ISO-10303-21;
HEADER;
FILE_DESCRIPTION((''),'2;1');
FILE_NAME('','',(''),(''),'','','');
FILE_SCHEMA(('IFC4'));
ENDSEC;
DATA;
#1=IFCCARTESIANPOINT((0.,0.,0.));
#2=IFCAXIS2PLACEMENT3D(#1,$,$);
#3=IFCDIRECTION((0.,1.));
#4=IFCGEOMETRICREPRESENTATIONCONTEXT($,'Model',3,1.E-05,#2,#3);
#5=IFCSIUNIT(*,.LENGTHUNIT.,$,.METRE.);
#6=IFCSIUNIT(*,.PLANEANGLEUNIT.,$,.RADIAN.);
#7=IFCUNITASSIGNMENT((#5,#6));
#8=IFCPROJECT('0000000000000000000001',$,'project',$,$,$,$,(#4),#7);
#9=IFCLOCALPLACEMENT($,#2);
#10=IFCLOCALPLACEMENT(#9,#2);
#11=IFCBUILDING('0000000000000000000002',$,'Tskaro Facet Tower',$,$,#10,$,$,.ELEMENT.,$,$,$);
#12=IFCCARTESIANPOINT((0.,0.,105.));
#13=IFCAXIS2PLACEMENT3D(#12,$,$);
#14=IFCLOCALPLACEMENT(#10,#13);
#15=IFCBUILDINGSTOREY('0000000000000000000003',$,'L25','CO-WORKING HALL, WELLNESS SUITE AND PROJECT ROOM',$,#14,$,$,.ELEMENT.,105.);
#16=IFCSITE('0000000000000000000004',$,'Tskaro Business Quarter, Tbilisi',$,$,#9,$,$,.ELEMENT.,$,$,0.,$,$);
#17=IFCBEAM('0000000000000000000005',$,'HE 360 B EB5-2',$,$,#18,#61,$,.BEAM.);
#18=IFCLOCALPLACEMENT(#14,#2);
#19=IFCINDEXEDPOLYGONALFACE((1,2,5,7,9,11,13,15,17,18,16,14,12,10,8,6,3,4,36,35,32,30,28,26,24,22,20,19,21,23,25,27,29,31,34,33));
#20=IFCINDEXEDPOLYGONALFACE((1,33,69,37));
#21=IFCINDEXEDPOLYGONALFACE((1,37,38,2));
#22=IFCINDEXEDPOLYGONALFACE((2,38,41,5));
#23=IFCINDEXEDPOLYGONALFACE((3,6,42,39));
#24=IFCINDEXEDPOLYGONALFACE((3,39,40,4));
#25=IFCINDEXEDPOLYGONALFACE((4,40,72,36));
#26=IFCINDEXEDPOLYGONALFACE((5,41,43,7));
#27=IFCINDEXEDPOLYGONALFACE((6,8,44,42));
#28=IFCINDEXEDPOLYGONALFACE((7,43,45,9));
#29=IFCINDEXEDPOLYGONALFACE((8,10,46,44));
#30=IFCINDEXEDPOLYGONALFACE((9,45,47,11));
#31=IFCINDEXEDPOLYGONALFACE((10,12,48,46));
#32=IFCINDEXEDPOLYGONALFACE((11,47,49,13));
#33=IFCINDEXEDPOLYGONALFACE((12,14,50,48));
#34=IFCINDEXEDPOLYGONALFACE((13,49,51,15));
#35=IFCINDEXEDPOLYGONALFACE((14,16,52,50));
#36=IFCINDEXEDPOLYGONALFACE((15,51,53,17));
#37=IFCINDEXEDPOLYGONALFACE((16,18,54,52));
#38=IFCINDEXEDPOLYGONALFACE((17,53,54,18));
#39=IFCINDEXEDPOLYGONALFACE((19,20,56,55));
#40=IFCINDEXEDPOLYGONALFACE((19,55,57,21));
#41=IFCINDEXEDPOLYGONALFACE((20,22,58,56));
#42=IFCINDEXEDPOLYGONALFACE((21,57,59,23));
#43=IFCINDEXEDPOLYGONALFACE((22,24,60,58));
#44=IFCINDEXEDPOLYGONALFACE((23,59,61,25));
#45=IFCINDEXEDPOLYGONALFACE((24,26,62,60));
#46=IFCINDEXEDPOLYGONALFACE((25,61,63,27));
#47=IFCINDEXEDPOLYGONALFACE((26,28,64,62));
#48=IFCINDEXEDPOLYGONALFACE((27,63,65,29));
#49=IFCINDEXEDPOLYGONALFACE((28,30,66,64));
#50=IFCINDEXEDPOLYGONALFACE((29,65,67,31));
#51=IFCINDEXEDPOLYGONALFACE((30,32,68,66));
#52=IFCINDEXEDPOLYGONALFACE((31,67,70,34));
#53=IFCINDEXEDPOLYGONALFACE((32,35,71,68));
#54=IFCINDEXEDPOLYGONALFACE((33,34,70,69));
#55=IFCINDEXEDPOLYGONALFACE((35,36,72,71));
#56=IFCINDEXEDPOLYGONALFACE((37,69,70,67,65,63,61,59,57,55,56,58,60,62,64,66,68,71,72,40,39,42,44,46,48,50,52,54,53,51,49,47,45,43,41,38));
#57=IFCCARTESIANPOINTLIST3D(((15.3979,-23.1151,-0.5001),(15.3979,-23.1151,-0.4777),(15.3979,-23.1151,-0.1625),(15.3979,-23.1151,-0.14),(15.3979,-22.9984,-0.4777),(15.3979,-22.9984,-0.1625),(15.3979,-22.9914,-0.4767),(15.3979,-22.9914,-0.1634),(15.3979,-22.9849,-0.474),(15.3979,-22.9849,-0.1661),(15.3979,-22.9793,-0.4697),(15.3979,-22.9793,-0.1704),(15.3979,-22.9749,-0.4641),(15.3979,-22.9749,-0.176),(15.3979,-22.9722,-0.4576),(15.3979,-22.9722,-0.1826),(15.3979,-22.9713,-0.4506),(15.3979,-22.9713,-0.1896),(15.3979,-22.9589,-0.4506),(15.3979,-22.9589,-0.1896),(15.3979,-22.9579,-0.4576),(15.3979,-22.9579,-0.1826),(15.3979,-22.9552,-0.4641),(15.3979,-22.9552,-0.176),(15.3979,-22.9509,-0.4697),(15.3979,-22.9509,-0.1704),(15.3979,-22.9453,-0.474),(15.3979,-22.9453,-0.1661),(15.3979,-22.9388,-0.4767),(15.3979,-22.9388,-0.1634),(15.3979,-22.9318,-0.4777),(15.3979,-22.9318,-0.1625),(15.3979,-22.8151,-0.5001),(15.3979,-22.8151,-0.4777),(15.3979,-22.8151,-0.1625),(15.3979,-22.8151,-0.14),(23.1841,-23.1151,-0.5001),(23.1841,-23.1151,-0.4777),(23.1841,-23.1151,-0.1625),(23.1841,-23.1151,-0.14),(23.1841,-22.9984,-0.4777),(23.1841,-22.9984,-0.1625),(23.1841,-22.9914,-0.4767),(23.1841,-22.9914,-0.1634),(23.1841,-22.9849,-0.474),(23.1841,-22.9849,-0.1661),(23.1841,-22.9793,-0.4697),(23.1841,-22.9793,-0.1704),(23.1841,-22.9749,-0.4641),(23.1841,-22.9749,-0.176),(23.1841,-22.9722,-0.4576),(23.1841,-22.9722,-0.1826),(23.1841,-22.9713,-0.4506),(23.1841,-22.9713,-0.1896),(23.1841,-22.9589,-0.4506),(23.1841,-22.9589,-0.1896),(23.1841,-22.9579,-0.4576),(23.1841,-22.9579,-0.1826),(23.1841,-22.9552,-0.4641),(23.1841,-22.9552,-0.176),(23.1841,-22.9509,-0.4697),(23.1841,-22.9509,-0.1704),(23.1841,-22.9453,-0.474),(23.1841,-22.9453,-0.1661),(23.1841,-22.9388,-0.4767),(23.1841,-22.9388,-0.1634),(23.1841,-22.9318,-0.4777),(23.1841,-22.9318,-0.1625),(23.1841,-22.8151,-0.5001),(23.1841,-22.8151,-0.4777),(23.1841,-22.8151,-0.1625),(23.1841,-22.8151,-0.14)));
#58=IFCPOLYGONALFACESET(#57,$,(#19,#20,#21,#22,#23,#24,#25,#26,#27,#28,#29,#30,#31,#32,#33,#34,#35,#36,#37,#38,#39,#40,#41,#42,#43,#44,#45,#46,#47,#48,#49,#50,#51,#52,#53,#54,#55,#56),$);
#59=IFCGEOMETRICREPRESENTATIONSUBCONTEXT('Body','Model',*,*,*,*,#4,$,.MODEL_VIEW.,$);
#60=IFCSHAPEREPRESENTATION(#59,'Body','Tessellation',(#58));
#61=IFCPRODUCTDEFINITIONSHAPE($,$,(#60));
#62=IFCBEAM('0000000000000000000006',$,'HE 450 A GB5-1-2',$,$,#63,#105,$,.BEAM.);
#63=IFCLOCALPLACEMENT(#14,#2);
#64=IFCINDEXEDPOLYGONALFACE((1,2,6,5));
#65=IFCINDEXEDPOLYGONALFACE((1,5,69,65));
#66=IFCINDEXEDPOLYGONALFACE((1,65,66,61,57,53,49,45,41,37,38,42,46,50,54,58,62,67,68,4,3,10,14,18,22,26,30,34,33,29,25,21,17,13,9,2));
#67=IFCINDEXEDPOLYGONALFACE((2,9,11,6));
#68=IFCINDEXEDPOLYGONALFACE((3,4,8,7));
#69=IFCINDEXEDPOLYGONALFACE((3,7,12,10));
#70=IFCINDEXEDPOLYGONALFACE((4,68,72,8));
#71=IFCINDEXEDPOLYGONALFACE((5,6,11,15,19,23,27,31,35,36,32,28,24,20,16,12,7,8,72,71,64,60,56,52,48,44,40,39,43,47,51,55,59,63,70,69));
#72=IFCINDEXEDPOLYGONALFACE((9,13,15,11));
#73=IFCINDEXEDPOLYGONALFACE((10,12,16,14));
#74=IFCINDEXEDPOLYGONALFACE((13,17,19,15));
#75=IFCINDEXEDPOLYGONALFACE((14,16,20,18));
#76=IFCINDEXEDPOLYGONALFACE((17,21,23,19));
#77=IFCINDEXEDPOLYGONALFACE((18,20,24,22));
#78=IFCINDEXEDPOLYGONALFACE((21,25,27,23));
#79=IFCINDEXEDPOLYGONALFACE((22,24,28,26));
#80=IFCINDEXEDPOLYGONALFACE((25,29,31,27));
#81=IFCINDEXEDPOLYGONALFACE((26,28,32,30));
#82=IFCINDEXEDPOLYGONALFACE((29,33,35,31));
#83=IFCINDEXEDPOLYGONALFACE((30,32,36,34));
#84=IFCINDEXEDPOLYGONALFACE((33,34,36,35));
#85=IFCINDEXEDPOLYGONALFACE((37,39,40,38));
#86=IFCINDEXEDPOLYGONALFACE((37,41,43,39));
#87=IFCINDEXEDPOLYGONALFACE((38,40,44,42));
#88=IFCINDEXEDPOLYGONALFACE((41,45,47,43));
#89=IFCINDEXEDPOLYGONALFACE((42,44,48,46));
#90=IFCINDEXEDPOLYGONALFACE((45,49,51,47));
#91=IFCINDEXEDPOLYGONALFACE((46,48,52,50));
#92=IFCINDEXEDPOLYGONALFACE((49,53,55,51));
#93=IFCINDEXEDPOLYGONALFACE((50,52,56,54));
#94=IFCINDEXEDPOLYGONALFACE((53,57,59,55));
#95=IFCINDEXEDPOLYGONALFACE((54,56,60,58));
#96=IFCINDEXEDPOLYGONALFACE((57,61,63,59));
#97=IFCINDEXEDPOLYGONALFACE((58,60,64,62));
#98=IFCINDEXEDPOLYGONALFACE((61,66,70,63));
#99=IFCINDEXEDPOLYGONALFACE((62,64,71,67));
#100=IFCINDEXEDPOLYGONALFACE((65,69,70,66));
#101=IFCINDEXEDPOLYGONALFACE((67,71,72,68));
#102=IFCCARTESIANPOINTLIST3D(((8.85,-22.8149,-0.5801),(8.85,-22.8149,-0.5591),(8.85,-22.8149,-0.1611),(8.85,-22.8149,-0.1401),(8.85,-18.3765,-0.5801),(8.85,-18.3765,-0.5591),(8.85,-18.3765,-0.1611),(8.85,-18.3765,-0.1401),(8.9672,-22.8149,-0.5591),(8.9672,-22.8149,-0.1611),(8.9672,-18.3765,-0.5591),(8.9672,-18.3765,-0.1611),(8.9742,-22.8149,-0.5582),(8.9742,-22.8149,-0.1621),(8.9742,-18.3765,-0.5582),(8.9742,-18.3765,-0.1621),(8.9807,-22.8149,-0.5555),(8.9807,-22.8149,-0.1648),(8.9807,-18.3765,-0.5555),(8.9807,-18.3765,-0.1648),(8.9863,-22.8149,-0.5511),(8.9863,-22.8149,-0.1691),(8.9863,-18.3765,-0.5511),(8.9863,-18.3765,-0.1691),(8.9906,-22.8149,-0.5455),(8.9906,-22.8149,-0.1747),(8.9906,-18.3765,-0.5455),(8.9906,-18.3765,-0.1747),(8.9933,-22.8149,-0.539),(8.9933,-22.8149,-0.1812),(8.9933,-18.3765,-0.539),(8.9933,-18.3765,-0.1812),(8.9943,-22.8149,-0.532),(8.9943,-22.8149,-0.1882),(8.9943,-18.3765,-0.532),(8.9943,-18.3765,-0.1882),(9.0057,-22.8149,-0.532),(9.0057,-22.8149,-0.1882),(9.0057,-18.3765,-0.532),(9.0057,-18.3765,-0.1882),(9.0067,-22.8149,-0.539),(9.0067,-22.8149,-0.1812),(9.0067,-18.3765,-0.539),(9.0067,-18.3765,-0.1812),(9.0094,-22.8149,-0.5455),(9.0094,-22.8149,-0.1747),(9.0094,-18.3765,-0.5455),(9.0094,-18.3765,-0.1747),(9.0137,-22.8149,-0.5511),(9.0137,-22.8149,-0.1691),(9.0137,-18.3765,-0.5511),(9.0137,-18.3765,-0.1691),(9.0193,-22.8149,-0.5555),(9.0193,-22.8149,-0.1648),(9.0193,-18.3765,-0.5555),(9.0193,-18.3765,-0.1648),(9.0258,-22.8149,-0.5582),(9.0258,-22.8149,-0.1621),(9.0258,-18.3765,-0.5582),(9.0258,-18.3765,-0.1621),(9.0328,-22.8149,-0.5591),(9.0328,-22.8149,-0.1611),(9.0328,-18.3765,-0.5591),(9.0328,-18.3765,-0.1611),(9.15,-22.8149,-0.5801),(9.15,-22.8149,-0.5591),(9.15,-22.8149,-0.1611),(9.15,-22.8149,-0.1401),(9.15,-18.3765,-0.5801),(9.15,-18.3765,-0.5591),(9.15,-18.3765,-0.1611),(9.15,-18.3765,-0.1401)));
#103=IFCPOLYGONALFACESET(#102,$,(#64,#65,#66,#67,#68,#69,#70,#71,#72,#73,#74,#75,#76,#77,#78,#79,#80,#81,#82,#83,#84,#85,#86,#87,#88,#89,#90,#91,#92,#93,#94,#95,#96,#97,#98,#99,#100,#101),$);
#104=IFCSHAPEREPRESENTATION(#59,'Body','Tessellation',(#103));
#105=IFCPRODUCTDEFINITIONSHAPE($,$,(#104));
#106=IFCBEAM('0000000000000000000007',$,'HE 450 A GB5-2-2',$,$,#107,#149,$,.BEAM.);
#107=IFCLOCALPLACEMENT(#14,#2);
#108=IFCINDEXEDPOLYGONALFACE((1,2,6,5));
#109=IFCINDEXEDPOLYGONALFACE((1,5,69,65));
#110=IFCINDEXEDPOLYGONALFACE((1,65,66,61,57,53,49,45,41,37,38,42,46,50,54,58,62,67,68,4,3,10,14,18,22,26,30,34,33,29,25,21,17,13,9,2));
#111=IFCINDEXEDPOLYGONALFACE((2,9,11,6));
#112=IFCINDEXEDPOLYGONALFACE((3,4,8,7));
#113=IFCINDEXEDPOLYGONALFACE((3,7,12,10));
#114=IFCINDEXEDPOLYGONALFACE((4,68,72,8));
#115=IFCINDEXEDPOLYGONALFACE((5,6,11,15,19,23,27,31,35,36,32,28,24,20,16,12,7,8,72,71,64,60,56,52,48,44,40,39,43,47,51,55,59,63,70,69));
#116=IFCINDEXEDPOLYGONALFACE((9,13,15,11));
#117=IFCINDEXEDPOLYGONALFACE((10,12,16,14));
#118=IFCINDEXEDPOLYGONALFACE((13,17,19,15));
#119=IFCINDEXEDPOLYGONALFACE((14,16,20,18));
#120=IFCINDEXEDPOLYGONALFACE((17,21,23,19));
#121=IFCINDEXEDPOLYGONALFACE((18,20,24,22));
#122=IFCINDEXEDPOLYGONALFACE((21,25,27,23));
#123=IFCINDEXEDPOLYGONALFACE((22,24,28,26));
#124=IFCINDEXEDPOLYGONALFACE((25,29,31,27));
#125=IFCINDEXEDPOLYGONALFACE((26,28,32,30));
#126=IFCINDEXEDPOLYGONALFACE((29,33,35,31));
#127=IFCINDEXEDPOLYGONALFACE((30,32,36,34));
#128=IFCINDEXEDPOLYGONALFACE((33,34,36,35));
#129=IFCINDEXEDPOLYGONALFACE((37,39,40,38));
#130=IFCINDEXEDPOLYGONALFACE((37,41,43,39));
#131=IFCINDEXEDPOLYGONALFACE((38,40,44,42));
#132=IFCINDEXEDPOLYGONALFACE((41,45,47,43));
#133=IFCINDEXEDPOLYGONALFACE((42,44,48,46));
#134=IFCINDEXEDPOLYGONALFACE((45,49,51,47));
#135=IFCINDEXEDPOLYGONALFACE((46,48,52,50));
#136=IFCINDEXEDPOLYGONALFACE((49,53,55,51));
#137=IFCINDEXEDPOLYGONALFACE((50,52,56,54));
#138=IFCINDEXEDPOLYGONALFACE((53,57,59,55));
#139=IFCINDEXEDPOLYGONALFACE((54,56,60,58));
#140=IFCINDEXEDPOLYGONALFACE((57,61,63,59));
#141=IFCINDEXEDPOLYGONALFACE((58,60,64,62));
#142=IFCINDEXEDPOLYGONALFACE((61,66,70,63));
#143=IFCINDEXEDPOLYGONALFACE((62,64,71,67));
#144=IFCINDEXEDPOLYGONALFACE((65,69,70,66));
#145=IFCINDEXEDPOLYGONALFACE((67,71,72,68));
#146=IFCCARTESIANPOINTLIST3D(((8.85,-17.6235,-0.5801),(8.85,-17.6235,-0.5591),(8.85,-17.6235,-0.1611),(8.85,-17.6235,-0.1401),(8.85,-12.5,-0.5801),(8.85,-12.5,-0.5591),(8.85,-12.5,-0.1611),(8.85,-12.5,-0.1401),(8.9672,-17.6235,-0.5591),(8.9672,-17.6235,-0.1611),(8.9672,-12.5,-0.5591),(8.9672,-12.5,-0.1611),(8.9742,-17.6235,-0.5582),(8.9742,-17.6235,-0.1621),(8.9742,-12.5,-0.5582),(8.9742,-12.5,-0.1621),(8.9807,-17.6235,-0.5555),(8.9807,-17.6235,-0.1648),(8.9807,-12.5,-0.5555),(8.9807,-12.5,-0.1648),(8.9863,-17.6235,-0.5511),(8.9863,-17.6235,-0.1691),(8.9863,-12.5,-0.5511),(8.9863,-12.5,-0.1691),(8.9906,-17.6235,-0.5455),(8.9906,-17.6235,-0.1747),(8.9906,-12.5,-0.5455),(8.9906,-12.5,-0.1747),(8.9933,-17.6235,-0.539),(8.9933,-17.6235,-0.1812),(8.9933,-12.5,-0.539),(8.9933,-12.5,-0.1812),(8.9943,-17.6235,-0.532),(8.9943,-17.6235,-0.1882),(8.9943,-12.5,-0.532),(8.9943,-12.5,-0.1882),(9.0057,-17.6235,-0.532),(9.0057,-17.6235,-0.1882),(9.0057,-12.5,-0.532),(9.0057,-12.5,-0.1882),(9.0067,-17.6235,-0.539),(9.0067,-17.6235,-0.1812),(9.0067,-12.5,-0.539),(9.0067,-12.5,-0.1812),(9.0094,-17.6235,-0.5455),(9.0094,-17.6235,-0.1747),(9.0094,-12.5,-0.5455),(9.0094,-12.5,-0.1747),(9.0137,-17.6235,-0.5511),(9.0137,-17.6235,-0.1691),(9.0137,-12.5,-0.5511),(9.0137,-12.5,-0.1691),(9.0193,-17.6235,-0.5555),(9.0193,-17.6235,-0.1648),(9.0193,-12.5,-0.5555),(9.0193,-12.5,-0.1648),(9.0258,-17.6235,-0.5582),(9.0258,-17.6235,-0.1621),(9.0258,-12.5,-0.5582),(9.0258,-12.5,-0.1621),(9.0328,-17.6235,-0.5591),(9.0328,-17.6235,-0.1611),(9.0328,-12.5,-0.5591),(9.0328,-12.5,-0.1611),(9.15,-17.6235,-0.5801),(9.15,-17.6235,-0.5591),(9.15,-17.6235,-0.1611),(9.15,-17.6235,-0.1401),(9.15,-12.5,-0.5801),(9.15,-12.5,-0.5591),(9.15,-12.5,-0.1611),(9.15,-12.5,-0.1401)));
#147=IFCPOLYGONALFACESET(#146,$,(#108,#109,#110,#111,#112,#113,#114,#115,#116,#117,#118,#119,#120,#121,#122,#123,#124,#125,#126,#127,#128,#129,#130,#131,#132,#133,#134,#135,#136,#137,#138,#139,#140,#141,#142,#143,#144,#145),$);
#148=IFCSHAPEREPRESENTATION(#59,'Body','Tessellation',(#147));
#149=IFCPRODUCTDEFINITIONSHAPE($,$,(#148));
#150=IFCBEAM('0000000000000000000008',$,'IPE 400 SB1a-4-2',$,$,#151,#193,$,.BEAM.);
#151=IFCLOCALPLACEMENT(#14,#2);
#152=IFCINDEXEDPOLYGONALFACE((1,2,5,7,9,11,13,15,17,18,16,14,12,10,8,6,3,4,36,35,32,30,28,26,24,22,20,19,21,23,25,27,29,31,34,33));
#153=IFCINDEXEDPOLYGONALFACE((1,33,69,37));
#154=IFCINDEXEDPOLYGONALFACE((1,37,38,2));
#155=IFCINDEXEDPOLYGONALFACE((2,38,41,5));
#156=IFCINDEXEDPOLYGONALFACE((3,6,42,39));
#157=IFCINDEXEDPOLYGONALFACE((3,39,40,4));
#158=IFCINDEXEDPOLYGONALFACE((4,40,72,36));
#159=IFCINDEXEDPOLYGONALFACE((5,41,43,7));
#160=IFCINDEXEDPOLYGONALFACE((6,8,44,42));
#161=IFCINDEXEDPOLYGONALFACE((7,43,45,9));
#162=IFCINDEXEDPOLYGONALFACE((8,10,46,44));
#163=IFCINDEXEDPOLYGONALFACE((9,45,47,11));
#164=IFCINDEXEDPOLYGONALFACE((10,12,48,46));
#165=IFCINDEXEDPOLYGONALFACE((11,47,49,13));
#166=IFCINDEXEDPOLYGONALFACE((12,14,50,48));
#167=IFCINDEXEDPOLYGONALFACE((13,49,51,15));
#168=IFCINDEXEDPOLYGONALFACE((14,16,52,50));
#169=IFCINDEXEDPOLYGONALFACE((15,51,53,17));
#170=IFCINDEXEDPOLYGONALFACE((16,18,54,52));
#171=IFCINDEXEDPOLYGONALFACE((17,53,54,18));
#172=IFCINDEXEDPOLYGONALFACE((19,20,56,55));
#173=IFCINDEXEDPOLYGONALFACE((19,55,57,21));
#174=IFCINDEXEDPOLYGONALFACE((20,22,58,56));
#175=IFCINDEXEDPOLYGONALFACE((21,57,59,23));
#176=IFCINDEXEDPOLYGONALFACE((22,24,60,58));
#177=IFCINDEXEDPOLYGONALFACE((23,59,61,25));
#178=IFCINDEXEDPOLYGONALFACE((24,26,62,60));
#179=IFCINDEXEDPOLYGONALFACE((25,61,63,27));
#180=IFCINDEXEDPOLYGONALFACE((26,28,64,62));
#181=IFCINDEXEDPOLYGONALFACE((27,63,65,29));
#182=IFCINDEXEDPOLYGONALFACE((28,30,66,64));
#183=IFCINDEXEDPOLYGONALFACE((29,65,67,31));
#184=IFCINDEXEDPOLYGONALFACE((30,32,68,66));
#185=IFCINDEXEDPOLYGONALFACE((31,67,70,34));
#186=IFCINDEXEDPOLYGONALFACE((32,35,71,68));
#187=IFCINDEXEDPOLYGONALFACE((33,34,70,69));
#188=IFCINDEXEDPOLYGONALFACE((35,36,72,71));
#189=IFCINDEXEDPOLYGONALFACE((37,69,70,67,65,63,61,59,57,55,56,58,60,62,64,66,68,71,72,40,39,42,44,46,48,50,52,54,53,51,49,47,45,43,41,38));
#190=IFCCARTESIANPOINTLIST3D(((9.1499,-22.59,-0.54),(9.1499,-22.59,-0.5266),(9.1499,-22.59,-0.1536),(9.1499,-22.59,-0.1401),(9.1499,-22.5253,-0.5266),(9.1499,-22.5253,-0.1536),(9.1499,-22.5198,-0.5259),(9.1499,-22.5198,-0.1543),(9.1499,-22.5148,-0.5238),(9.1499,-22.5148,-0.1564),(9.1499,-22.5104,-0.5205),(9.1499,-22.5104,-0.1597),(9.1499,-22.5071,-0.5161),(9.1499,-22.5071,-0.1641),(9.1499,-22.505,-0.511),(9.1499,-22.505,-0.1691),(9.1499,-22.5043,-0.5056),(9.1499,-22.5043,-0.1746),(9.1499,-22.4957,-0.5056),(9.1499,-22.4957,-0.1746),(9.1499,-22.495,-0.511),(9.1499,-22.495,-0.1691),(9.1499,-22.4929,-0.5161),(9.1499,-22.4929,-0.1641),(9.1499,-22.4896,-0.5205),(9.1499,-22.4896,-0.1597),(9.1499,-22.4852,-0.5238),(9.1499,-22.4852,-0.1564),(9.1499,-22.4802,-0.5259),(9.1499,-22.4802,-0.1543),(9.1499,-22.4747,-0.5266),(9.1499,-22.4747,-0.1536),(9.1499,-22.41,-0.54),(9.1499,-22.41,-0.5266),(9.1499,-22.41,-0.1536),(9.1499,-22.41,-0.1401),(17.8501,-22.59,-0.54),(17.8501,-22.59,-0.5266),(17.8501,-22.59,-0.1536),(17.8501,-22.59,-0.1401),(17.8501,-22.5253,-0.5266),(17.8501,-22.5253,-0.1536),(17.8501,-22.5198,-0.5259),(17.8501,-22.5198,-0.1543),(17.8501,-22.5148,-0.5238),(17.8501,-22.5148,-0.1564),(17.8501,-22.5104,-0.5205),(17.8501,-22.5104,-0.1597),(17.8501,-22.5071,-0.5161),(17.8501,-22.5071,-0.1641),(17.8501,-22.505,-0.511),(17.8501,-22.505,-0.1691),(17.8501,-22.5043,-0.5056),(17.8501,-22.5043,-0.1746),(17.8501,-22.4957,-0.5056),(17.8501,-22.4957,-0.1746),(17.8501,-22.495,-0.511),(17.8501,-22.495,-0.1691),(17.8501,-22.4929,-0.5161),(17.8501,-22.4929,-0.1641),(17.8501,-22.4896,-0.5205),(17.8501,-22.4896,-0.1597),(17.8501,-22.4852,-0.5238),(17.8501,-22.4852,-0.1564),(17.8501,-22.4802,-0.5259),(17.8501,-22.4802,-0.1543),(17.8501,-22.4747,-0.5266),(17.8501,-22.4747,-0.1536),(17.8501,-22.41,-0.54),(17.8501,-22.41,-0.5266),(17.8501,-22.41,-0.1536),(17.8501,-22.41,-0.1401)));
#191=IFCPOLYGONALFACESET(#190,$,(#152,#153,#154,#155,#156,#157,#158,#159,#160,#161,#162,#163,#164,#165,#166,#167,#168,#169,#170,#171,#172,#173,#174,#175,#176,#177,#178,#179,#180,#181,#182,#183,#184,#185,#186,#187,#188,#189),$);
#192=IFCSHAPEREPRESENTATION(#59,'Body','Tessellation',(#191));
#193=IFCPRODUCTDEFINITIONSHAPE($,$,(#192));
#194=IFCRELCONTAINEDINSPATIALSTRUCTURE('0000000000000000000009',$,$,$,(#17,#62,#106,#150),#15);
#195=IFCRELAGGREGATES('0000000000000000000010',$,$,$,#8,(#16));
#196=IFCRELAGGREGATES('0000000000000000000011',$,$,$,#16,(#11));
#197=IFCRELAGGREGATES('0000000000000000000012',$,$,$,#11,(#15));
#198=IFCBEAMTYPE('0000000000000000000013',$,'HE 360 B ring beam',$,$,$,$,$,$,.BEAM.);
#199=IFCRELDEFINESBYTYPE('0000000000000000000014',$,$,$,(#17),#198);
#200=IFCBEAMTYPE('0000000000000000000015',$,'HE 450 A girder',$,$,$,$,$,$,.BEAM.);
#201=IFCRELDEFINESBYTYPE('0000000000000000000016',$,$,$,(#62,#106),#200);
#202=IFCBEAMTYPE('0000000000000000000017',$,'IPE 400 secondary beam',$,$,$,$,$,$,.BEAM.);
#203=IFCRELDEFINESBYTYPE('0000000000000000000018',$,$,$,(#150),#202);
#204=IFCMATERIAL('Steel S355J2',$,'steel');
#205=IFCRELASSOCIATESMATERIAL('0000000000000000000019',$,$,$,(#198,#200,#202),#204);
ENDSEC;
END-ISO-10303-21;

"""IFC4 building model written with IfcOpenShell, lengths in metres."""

from ifc_helpers import new_model, si_unit, direction, frame, origin, origin_2d, place, context, subcontext, project, spatial, i_section, extrude, material, material_profile, profile_set, type_object, element, save


model = new_model("IFC4")

# Units and contexts
model_context = context("Model", 3, precision=1e-05, world=origin(), true_north=direction((0.0, 1.0)))
body_context = subcontext(model_context, "Body", "Model", "MODEL_VIEW")
ifc_project = project(units=[si_unit("LENGTHUNIT", "METRE"), si_unit("PLANEANGLEUNIT", "RADIAN")], contexts=[model_context])

# Site, building, storey
site_placement = place(None, origin())
site = spatial("IfcSite", under=ifc_project, at=site_placement, Name="Tskaro Business Quarter, Tbilisi", CompositionType="ELEMENT", RefElevation=0.0)
building_placement = place(site_placement, origin())
building = spatial("IfcBuilding", under=site, at=building_placement, Name="Tskaro Facet Tower", CompositionType="ELEMENT")
storey_placement = place(building_placement, frame((0.0, 0.0, 105.0)))
storey = spatial("IfcBuildingStorey", under=building, at=storey_placement, Name="L25", Description="CO-WORKING HALL, WELLNESS SUITE AND PROJECT ROOM", CompositionType="ELEMENT", Elevation=105.0)

# Beams
ifc_material_1 = material(Name="Steel S355J2", Category="steel")
ifc_material_profile_1 = material_profile(ifc_material_1, i_section(OverallWidth=0.3, OverallDepth=0.3601, WebThickness=0.0125, FlangeThickness=0.0225, FilletRadius=0.0271, at=origin_2d()), Name="HE 360 B")
ifc_profile_set_1 = profile_set([ifc_material_profile_1], Name="Steel S355J2")
beam_type_1 = type_object("IfcBeamType", Name="HE 360 B ring beam", PredefinedType="BEAM", material=ifc_profile_set_1)
beam_1_placement = place(storey_placement, frame((15.3979, -22.9651, -0.3201), z_axis=(1.0, 0.0, 0.0), x_axis=(0.0, 1.0, 0.0)))
element("IfcBeam", 1, at=beam_1_placement, inside=storey, type_object=beam_type_1, Name="HE 360 B EB5-2", PredefinedType="BEAM", context=body_context, shape_type="SweptSolid", body=[
    extrude(i_section(OverallWidth=0.3, OverallDepth=0.3601, WebThickness=0.0125, FlangeThickness=0.0225, FilletRadius=0.0271, at=origin_2d()), origin(), (0.0, 0.0, 1.0), 7.7861),
])
ifc_material_profile_2 = material_profile(ifc_material_1, i_section(OverallWidth=0.3, OverallDepth=0.4399, WebThickness=0.0115, FlangeThickness=0.021, FilletRadius=0.0271, at=origin_2d()), Name="HE 450 A")
ifc_profile_set_2 = profile_set([ifc_material_profile_2], Name="Steel S355J2")
beam_type_2 = type_object("IfcBeamType", Name="HE 450 A girder", PredefinedType="BEAM", material=ifc_profile_set_2)
beam_2_placement = place(storey_placement, frame((9.0, -22.8149, -0.3601), z_axis=(0.0, 1.0, 0.0), x_axis=(-1.0, 0.0, 0.0)))
element("IfcBeam", 2, at=beam_2_placement, inside=storey, type_object=beam_type_2, Name="HE 450 A GB5-1-2", PredefinedType="BEAM", context=body_context, shape_type="SweptSolid", body=[
    extrude(i_section(OverallWidth=0.3, OverallDepth=0.4399, WebThickness=0.0115, FlangeThickness=0.021, FilletRadius=0.0271, at=origin_2d()), origin(), (0.0, 0.0, 1.0), 4.4385),
])
beam_3_placement = place(storey_placement, frame((9.0, -17.6235, -0.3601), z_axis=(0.0, 1.0, 0.0), x_axis=(-1.0, 0.0, 0.0)))
element("IfcBeam", 3, at=beam_3_placement, inside=storey, type_object=beam_type_2, Name="HE 450 A GB5-2-2", PredefinedType="BEAM", context=body_context, shape_type="SweptSolid", body=[
    extrude(i_section(OverallWidth=0.3, OverallDepth=0.4399, WebThickness=0.0115, FlangeThickness=0.021, FilletRadius=0.0271, at=origin_2d()), origin(), (0.0, 0.0, 1.0), 5.1235),
])
ifc_material_profile_3 = material_profile(ifc_material_1, i_section(OverallWidth=0.1799, OverallDepth=0.3999, WebThickness=0.0085, FlangeThickness=0.0134, FilletRadius=0.021, at=origin_2d()), Name="IPE 400")
ifc_profile_set_3 = profile_set([ifc_material_profile_3], Name="Steel S355J2")
beam_type_3 = type_object("IfcBeamType", Name="IPE 400 secondary beam", PredefinedType="BEAM", material=ifc_profile_set_3)
beam_4_placement = place(storey_placement, frame((9.1499, -22.5, -0.3401), z_axis=(1.0, 0.0, 0.0), x_axis=(0.0, 1.0, 0.0)))
element("IfcBeam", 4, at=beam_4_placement, inside=storey, type_object=beam_type_3, Name="IPE 400 SB1a-4-2", PredefinedType="BEAM", context=body_context, shape_type="SweptSolid", body=[
    extrude(i_section(OverallWidth=0.1799, OverallDepth=0.3999, WebThickness=0.0085, FlangeThickness=0.0134, FilletRadius=0.021, at=origin_2d()), origin(), (0.0, 0.0, 1.0), 8.7002),
])

save(model, "model.ifc")
